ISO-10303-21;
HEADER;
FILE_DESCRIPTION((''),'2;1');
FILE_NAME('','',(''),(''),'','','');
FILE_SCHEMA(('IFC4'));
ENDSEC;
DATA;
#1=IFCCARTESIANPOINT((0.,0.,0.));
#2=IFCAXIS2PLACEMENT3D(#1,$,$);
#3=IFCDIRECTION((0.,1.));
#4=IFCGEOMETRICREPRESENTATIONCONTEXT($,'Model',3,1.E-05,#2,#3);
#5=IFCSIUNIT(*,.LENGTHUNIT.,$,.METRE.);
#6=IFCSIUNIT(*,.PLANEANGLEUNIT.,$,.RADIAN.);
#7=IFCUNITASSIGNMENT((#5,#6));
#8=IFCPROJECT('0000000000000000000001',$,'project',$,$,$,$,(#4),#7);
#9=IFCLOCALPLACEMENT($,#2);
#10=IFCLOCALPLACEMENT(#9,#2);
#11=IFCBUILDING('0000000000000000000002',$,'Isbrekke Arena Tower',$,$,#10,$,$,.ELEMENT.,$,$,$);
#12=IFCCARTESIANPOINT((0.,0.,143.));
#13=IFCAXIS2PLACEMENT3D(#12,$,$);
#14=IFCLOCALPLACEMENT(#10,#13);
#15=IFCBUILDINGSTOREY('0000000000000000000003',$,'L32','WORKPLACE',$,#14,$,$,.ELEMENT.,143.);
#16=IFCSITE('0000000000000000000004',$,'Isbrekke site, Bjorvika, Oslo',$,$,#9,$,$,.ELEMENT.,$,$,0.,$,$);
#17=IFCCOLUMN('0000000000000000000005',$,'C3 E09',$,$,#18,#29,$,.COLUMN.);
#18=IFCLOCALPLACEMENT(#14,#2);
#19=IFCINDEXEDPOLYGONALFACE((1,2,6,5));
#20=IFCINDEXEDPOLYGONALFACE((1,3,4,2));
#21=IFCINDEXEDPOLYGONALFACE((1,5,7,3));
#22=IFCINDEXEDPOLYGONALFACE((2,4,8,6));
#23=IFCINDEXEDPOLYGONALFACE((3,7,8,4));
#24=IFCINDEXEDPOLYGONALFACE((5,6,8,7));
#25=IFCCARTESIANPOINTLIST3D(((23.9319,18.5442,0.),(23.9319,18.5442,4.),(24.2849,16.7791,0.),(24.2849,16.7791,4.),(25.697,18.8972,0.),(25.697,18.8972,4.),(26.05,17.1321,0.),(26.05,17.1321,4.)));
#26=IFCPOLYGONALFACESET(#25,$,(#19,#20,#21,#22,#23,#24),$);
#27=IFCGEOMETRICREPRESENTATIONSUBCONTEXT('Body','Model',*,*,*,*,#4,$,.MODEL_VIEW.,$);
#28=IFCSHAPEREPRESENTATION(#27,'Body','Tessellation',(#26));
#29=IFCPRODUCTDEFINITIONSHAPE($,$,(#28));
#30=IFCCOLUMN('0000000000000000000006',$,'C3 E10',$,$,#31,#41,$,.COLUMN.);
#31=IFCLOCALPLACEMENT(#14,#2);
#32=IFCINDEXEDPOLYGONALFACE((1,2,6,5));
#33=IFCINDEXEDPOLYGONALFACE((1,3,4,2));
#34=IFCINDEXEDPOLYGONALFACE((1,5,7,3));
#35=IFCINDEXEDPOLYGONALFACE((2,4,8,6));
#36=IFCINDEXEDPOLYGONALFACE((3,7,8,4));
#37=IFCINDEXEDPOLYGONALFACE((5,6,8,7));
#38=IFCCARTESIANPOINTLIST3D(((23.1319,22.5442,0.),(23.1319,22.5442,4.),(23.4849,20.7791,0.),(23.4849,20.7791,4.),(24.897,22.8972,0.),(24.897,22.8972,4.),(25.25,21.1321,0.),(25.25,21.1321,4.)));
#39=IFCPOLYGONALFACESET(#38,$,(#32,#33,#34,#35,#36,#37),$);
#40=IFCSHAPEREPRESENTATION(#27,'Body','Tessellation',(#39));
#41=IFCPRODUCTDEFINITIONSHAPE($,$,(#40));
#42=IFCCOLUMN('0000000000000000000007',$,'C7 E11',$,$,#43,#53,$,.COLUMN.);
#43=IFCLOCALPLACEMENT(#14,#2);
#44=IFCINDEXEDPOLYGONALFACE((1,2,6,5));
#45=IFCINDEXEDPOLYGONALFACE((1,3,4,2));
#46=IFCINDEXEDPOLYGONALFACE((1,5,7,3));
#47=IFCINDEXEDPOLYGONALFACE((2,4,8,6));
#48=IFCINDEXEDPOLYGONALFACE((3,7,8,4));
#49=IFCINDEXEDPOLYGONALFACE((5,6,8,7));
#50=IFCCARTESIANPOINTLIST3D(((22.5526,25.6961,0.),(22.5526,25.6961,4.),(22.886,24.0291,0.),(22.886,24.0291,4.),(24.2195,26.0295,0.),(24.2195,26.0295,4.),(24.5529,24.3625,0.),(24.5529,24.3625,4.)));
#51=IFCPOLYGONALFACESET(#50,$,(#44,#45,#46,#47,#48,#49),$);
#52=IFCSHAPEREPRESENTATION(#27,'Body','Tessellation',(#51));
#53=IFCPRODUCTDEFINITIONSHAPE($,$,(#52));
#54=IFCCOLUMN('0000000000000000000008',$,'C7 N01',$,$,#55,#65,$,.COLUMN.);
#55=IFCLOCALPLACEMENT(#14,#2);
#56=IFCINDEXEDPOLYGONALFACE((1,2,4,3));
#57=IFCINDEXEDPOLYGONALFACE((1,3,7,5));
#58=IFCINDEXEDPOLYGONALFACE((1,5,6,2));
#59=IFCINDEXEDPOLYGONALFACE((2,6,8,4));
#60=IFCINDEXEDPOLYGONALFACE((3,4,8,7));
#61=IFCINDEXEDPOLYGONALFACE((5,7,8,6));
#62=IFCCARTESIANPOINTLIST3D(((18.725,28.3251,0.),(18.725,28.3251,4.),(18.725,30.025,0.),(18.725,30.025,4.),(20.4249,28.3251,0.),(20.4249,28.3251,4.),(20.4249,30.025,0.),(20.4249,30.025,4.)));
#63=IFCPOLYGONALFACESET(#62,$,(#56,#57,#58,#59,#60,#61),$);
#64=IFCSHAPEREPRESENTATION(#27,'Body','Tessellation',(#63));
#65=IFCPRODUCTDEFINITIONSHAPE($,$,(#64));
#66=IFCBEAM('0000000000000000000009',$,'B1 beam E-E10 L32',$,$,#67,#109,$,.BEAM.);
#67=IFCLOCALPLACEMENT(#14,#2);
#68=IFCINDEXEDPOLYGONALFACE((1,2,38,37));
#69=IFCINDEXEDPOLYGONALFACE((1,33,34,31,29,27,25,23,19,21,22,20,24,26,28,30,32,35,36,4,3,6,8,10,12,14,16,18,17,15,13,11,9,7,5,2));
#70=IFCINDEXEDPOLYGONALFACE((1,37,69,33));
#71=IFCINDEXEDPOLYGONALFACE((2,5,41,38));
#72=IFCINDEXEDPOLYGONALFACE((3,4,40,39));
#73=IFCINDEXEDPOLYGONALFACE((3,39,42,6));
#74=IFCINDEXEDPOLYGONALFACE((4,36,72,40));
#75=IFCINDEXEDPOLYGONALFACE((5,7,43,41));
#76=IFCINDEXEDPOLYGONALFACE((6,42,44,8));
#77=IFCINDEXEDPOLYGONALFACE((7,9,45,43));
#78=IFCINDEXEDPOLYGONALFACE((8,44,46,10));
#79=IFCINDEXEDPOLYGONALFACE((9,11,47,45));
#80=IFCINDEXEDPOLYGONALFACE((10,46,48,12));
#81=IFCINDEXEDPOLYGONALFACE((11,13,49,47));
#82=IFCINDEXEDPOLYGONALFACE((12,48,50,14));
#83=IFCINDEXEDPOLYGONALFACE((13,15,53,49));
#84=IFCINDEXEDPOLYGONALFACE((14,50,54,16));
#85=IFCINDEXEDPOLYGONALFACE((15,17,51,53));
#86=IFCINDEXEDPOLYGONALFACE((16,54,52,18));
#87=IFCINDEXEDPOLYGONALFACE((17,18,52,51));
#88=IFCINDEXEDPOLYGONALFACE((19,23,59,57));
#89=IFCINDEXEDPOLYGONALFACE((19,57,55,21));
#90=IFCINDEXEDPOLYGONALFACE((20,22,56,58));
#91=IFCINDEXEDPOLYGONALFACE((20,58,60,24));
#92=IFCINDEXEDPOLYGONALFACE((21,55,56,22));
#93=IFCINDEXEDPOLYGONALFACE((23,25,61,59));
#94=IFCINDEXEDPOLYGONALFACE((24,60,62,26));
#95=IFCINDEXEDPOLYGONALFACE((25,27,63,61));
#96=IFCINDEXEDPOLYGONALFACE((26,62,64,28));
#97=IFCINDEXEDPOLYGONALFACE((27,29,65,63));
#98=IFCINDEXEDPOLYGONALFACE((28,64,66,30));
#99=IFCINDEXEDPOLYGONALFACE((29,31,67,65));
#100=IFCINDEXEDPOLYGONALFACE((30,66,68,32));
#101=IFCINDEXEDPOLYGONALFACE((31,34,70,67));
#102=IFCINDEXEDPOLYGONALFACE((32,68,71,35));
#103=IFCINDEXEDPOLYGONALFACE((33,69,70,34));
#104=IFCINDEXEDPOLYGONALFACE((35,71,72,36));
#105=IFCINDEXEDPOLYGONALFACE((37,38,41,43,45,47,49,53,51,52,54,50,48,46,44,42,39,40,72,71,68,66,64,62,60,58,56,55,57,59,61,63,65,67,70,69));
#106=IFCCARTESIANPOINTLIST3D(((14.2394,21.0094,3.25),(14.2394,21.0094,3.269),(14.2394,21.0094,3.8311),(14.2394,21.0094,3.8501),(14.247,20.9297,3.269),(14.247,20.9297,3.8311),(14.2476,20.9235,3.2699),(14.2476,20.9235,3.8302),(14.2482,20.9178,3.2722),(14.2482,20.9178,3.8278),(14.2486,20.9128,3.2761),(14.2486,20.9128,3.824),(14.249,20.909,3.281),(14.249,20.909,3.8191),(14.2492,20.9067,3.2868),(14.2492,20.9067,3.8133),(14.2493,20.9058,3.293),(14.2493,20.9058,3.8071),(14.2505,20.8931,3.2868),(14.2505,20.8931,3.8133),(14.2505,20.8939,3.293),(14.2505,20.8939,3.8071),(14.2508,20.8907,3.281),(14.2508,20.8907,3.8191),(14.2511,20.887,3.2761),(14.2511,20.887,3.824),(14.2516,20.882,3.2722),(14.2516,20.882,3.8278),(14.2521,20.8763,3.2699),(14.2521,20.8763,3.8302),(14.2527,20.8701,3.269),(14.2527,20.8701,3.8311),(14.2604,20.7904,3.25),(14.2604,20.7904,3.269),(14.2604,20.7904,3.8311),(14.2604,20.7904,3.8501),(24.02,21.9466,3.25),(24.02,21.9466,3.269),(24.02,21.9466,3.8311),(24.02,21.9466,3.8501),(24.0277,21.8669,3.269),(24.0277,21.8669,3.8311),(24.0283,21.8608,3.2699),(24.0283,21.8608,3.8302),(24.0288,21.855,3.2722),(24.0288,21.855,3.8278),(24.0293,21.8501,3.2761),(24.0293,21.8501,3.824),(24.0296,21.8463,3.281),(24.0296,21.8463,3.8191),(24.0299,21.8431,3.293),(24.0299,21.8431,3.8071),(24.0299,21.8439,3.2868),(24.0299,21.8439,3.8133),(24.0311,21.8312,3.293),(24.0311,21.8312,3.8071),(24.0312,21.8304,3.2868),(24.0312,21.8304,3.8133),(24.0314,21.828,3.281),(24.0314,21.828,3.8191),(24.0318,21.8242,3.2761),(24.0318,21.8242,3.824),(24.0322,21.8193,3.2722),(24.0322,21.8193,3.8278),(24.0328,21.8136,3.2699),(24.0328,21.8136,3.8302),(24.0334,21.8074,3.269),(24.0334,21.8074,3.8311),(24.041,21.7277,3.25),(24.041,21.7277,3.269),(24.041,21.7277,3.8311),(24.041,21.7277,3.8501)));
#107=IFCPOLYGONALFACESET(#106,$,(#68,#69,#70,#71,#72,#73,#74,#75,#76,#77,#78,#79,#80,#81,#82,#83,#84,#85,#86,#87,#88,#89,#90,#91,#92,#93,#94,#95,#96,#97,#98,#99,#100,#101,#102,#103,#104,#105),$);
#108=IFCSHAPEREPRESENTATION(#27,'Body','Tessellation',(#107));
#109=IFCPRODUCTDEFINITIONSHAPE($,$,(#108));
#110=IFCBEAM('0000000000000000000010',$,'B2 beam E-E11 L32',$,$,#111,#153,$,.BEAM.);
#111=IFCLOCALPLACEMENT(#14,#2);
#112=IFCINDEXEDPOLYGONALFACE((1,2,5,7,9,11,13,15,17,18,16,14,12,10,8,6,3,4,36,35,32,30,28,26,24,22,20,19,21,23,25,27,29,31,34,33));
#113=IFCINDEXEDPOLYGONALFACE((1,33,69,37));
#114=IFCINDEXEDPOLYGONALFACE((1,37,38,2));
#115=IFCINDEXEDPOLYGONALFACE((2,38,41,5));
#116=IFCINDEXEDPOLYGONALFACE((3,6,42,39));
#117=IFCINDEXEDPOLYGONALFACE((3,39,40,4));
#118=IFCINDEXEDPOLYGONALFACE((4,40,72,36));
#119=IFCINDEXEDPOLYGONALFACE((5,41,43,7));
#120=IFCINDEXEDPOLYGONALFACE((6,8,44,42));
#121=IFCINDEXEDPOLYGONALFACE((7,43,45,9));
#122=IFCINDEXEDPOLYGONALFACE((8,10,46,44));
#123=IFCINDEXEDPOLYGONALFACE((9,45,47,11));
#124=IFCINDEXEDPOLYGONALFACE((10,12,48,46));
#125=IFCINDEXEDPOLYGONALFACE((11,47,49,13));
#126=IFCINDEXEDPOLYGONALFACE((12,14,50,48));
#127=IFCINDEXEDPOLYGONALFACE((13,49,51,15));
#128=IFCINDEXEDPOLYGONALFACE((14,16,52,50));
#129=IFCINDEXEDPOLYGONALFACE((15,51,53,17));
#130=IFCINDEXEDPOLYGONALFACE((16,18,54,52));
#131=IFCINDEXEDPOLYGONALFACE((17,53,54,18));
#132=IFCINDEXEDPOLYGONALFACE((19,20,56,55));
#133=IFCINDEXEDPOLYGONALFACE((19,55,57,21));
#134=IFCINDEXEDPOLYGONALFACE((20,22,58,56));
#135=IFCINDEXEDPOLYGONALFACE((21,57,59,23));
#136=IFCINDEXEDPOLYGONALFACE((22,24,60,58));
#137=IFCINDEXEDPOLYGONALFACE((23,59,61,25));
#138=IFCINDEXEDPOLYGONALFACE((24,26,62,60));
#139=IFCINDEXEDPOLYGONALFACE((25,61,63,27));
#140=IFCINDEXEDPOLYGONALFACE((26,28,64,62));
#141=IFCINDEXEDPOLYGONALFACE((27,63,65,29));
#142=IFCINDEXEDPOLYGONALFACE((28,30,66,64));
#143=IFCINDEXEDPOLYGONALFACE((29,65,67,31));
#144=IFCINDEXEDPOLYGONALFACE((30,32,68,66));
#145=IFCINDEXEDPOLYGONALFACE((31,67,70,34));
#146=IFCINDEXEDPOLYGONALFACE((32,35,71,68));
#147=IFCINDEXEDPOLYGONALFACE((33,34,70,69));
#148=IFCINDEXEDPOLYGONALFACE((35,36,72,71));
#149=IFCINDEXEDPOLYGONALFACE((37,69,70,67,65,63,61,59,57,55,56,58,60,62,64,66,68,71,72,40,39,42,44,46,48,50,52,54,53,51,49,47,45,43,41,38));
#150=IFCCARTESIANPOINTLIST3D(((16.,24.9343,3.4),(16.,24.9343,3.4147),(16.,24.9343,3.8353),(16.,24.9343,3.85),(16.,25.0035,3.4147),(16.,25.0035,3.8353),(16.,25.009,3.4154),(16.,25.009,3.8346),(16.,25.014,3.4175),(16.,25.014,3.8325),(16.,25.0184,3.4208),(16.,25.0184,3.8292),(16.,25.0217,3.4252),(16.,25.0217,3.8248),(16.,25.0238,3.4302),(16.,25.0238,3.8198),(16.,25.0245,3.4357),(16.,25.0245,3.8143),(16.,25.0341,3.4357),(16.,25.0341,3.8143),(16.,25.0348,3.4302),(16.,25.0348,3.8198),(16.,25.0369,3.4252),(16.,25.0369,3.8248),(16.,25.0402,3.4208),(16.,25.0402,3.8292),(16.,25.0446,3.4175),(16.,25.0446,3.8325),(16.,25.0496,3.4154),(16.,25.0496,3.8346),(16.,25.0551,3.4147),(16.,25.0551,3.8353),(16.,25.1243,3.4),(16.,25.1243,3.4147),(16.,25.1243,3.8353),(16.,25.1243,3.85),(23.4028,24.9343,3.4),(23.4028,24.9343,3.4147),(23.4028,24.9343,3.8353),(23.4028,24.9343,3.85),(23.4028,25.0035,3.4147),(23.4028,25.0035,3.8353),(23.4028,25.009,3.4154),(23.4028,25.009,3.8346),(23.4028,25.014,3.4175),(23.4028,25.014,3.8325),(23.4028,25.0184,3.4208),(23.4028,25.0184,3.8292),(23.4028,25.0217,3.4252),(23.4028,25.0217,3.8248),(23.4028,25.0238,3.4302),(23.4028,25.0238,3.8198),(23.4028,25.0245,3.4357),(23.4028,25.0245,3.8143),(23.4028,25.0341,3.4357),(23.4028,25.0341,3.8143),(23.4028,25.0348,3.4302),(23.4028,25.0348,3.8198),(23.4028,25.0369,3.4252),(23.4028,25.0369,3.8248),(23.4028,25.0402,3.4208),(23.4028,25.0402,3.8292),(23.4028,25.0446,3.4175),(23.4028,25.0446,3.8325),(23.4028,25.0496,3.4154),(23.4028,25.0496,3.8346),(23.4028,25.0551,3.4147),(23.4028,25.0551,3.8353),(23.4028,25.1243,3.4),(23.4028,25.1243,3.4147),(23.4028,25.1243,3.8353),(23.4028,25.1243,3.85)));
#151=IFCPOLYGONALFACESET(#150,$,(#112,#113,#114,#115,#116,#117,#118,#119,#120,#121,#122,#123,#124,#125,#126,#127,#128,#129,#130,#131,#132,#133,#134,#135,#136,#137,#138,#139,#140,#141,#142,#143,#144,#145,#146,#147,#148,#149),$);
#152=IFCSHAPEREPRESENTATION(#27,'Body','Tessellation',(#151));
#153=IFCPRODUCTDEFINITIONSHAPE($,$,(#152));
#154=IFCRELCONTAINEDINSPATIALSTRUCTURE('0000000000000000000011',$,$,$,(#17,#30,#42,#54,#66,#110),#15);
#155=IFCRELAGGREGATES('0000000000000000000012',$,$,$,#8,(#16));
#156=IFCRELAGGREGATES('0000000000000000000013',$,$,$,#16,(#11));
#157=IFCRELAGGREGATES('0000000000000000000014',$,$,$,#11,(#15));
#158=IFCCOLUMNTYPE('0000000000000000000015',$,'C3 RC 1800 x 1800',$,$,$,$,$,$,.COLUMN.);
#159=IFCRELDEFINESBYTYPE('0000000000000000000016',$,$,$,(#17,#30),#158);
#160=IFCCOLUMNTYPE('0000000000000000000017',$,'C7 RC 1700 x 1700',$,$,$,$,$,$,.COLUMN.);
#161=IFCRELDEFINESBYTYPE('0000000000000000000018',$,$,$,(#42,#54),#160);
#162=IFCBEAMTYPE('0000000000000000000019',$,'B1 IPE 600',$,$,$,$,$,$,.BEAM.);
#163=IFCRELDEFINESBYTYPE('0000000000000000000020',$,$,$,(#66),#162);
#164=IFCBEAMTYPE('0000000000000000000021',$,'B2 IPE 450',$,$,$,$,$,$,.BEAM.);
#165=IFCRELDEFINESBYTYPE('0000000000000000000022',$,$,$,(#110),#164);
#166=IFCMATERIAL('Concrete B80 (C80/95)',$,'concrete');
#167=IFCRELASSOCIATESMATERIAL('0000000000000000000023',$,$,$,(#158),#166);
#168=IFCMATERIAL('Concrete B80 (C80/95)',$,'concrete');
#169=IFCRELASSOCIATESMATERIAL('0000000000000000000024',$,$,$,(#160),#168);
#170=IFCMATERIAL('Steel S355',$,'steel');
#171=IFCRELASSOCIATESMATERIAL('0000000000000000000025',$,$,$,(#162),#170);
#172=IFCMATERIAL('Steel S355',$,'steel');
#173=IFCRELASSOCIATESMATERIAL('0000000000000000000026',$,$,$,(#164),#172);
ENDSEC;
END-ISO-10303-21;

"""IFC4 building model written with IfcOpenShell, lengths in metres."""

from ifc_helpers import new_model, si_unit, direction, frame, origin, origin_2d, place, context, subcontext, project, spatial, rectangle, i_section, extrude, material, material_profile, profile_set, type_object, element, save


model = new_model("IFC4")

# Units and contexts
model_context = context("Model", 3, precision=1e-05, world=origin(), true_north=direction((0.0, 1.0)))
body_context = subcontext(model_context, "Body", "Model", "MODEL_VIEW")
ifc_project = project(units=[si_unit("LENGTHUNIT", "METRE"), si_unit("PLANEANGLEUNIT", "RADIAN")], contexts=[model_context])

# Site, building, storey
site_placement = place(None, origin())
site = spatial("IfcSite", under=ifc_project, at=site_placement, Name="Isbrekke site, Bjorvika, Oslo", CompositionType="ELEMENT", RefElevation=0.0)
building_placement = place(site_placement, origin())
building = spatial("IfcBuilding", under=site, at=building_placement, Name="Isbrekke Arena Tower", CompositionType="ELEMENT")
storey_placement = place(building_placement, frame((0.0, 0.0, 143.0)))
storey = spatial("IfcBuildingStorey", under=building, at=storey_placement, Name="L32", Description="WORKPLACE", CompositionType="ELEMENT", Elevation=143.0)

# Columns
ifc_material_1 = material(Name="Concrete B80 (C80/95)", Category="concrete")
ifc_material_profile_1 = material_profile(ifc_material_1, rectangle(XDim=1.8, YDim=1.8, at=origin_2d()), Name="RC 1800x1800")
ifc_profile_set_1 = profile_set([ifc_material_profile_1], Name="Concrete B80 (C80/95)")
column_type_1 = type_object("IfcColumnType", Name="C3 RC 1800 x 1800", PredefinedType="COLUMN", material=ifc_profile_set_1)
for number, where, z_axis, x_axis, name in (
    (1, (24.991, 17.8381, 0.0), (0.0, 0.0, 1.0), (-0.196116, 0.980581, 0.0), "C3 E09"),
    (2, (24.1909, 21.8381, 0.0), (0.0, 0.0, 1.0), (-0.196116, 0.980581, 0.0), "C3 E10"),
):
    element("IfcColumn", number, at=place(storey_placement, frame(where, z_axis=z_axis, x_axis=x_axis)), inside=storey, type_object=column_type_1, Name=name, PredefinedType="COLUMN", context=body_context, shape_type="SweptSolid", body=[
        extrude(rectangle(XDim=1.8, YDim=1.8, at=origin_2d()), origin(), (0.0, 0.0, 1.0), 4.0),
    ])
ifc_material_2 = material(Name="Concrete B80 (C80/95)", Category="concrete")
ifc_material_profile_2 = material_profile(ifc_material_2, rectangle(XDim=1.7, YDim=1.7, at=origin_2d()), Name="RC 1700x1700")
ifc_profile_set_2 = profile_set([ifc_material_profile_2], Name="Concrete B80 (C80/95)")
column_type_2 = type_object("IfcColumnType", Name="C7 RC 1700 x 1700", PredefinedType="COLUMN", material=ifc_profile_set_2)
for number, where, z_axis, x_axis, name in (
    (3, (23.5527, 25.0293, 0.0), (0.0, 0.0, 1.0), (-0.196116, 0.980581, 0.0), "C7 E11"),
    (4, (19.575, 29.175, 0.0), (0.0, 0.0, 1.0), (-1.0, 0.0, 0.0), "C7 N01"),
):
    element("IfcColumn", number, at=place(storey_placement, frame(where, z_axis=z_axis, x_axis=x_axis)), inside=storey, type_object=column_type_2, Name=name, PredefinedType="COLUMN", context=body_context, shape_type="SweptSolid", body=[
        extrude(rectangle(XDim=1.7, YDim=1.7, at=origin_2d()), origin(), (0.0, 0.0, 1.0), 4.0),
    ])

# Beams
ifc_material_3 = material(Name="Steel S355", Category="steel")
ifc_material_profile_3 = material_profile(ifc_material_3, i_section(OverallWidth=0.22, OverallDepth=0.6001, WebThickness=0.012, FlangeThickness=0.019, FilletRadius=0.0239, at=origin_2d()), Name="IPE 600")
ifc_profile_set_3 = profile_set([ifc_material_profile_3], Name="Steel S355")
beam_type_1 = type_object("IfcBeamType", Name="B1 IPE 600", PredefinedType="BEAM", material=ifc_profile_set_3)
beam_1_placement = place(storey_placement, frame((24.0305, 21.8372, 3.55), z_axis=(-0.99544, -0.095392, 0.0), x_axis=(0.095392, -0.99544, 0.0)))
element("IfcBeam", 5, at=beam_1_placement, inside=storey, type_object=beam_type_1, Name="B1 beam E-E10 L32", PredefinedType="BEAM", context=body_context, shape_type="SweptSolid", body=[
    extrude(i_section(OverallWidth=0.22, OverallDepth=0.6001, WebThickness=0.012, FlangeThickness=0.019, FilletRadius=0.0239, at=origin_2d()), origin(), (0.0, 0.0, 1.0), 9.8254),
])
ifc_material_4 = material(Name="Steel S355", Category="steel")
ifc_material_profile_4 = material_profile(ifc_material_4, i_section(OverallWidth=0.1899, OverallDepth=0.45, WebThickness=0.0095, FlangeThickness=0.0146, FilletRadius=0.021, at=origin_2d()), Name="IPE 450")
ifc_profile_set_4 = profile_set([ifc_material_profile_4], Name="Steel S355")
beam_type_2 = type_object("IfcBeamType", Name="B2 IPE 450", PredefinedType="BEAM", material=ifc_profile_set_4)
beam_2_placement = place(storey_placement, frame((23.4028, 25.0293, 3.625), z_axis=(-1.0, 0.0, 0.0), x_axis=(0.0, -1.0, 0.0)))
element("IfcBeam", 6, at=beam_2_placement, inside=storey, type_object=beam_type_2, Name="B2 beam E-E11 L32", PredefinedType="BEAM", context=body_context, shape_type="SweptSolid", body=[
    extrude(i_section(OverallWidth=0.1899, OverallDepth=0.45, WebThickness=0.0095, FlangeThickness=0.0146, FilletRadius=0.021, at=origin_2d()), origin(), (0.0, 0.0, 1.0), 7.4028),
])

save(model, "model.ifc")
